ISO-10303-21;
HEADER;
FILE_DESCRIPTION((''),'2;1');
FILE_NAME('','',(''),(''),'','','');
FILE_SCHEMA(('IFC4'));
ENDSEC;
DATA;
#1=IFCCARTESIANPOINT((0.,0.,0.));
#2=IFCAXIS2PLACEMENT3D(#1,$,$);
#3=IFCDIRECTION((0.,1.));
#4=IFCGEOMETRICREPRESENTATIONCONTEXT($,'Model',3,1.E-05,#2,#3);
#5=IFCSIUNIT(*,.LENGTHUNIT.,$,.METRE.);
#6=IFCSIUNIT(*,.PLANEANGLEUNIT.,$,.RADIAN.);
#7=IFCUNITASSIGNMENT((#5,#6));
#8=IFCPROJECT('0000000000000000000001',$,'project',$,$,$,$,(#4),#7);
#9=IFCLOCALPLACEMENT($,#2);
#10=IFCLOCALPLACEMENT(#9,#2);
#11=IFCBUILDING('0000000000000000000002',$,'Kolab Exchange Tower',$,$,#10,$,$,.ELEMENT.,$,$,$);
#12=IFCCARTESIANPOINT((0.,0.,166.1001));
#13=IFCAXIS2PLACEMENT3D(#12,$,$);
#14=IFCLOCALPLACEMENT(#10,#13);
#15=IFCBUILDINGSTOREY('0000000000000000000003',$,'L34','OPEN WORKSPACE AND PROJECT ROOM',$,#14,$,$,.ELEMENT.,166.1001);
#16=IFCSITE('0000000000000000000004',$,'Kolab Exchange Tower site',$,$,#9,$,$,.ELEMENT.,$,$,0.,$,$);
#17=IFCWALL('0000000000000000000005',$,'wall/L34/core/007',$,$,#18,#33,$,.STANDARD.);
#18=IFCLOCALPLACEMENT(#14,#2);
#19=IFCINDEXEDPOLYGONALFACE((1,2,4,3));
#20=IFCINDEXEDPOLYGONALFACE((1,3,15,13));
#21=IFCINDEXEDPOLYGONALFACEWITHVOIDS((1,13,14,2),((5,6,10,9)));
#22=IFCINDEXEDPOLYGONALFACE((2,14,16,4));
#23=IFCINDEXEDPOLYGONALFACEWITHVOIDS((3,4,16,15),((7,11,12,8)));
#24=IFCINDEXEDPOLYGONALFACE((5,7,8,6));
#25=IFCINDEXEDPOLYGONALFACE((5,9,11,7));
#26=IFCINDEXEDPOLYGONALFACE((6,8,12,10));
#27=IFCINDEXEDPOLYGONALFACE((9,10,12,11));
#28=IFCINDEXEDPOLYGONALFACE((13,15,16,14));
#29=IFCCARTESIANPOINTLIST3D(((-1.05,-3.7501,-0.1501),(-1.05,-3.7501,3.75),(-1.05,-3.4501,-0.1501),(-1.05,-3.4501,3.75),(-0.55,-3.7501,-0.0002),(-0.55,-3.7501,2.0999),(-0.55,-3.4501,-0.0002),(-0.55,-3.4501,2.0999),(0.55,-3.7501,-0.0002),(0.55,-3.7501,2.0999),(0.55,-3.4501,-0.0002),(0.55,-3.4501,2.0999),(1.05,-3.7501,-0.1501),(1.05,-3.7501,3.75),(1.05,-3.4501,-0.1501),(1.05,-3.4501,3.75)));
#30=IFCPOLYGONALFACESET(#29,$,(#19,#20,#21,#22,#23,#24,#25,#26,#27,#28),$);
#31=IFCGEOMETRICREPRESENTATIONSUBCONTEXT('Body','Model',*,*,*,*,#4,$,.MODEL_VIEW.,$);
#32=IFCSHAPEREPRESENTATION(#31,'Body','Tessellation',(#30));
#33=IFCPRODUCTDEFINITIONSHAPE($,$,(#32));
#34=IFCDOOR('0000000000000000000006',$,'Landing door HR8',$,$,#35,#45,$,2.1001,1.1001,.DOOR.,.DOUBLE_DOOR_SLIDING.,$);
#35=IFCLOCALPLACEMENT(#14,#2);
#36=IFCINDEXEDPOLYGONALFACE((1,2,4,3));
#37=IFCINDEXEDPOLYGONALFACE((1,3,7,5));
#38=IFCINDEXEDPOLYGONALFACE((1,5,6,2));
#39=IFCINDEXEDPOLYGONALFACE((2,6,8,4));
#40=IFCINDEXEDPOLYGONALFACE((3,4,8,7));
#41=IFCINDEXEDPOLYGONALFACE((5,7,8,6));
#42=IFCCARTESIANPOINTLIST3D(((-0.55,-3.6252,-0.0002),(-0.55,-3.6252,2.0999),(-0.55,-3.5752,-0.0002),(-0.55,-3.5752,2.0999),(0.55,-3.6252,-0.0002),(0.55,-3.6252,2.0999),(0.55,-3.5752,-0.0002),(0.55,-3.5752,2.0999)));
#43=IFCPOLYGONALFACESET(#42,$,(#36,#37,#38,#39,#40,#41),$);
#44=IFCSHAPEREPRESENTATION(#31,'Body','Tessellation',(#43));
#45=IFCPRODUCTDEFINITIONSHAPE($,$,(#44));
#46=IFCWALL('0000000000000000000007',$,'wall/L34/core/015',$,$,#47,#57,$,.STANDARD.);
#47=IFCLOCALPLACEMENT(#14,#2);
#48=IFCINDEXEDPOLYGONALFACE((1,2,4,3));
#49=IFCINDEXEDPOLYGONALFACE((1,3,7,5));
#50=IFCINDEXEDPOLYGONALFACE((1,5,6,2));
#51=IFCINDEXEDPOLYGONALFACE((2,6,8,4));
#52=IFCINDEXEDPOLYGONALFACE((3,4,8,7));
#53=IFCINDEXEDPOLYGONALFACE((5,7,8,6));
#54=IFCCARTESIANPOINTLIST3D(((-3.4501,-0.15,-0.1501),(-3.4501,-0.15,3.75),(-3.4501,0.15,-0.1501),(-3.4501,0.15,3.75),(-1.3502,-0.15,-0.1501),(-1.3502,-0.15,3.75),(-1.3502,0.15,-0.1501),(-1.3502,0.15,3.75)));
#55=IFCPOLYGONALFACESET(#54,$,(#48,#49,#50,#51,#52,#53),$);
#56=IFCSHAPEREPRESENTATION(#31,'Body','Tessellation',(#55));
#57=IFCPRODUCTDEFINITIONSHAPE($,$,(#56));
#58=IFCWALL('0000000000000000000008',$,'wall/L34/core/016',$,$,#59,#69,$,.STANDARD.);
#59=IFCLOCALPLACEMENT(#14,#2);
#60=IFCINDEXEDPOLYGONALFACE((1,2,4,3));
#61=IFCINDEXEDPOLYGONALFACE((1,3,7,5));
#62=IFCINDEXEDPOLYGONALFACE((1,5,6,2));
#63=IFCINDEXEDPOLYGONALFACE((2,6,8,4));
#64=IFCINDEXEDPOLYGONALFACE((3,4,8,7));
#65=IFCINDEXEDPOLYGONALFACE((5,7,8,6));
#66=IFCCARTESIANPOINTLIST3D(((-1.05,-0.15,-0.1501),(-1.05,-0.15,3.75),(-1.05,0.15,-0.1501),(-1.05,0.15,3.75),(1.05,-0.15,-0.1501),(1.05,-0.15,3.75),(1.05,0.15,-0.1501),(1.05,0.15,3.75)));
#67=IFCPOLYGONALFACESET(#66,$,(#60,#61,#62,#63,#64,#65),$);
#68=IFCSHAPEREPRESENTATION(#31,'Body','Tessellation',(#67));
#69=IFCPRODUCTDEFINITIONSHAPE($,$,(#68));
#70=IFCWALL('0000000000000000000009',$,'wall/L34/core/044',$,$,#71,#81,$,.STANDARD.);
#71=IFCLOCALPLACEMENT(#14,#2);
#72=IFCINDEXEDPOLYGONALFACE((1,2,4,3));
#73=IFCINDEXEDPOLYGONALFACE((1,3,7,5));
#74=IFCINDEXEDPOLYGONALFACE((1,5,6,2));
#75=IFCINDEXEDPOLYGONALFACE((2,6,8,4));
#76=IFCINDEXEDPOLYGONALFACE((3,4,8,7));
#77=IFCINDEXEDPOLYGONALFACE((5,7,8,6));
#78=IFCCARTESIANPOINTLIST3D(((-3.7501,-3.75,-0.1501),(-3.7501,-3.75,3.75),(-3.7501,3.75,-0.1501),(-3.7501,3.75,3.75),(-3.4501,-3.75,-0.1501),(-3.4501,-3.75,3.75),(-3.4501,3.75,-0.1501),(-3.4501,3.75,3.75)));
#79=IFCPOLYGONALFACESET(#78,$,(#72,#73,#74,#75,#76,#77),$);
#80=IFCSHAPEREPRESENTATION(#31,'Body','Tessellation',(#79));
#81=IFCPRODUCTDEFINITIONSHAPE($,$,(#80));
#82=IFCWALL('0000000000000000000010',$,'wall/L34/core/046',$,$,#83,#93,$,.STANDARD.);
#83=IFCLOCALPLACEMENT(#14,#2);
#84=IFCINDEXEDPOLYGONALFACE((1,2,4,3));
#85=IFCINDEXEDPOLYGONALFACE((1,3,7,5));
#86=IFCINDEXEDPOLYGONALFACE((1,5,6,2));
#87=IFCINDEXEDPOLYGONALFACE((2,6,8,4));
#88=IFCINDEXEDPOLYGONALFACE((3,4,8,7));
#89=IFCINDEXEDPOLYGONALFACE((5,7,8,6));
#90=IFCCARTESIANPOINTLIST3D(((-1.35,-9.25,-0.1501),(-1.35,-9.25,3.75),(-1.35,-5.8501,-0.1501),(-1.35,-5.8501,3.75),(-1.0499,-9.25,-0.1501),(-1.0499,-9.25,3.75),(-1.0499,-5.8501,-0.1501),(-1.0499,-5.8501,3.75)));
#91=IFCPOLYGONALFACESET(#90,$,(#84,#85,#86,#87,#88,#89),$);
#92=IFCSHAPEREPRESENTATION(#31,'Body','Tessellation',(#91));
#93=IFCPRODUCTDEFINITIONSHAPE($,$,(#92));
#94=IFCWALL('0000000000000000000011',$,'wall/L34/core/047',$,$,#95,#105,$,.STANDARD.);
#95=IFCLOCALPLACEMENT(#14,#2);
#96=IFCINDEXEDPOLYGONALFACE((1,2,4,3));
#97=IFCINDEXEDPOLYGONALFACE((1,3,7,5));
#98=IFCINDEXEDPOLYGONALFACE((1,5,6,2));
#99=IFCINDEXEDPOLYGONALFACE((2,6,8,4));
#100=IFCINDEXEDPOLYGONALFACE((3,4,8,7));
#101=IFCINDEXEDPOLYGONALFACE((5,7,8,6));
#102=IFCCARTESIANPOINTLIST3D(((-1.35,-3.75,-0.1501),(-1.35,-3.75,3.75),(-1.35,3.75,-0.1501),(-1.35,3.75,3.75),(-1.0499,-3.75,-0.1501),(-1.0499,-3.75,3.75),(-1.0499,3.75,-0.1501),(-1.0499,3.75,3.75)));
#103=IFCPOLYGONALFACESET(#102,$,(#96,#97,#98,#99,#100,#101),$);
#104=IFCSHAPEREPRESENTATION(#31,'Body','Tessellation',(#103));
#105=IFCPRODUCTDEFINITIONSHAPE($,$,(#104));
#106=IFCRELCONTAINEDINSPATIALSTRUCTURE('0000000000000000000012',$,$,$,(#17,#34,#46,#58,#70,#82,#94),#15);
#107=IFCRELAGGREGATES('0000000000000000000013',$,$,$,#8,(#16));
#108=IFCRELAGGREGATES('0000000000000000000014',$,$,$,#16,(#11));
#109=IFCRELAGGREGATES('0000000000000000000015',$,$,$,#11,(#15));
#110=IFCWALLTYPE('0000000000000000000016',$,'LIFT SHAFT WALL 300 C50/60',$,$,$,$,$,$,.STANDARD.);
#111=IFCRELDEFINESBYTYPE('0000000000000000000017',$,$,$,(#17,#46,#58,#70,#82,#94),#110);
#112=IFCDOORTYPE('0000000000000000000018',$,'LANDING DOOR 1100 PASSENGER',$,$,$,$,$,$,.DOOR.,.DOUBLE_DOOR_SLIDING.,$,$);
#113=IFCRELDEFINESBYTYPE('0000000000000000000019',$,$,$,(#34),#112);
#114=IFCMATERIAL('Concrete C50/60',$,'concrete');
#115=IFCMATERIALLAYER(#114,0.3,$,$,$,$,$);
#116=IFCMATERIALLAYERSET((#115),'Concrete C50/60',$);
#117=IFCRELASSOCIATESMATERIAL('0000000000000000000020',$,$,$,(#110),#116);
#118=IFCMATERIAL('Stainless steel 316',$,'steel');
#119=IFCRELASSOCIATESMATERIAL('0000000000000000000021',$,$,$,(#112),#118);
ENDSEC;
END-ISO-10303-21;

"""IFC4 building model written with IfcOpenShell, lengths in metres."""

from ifc_helpers import new_model, si_unit, direction, frame, frame_2d, origin, place, context, subcontext, project, spatial, rectangle, extrude, material, layer, layer_set, type_object, element, fill, save


model = new_model("IFC4")

# Units and contexts
model_context = context("Model", 3, precision=1e-05, world=origin(), true_north=direction((0.0, 1.0)))
body_context = subcontext(model_context, "Body", "Model", "MODEL_VIEW")
ifc_project = project(units=[si_unit("LENGTHUNIT", "METRE"), si_unit("PLANEANGLEUNIT", "RADIAN")], contexts=[model_context])

# Site, building, storey
site_placement = place(None, origin())
site = spatial("IfcSite", under=ifc_project, at=site_placement, Name="Kolab Exchange Tower site", CompositionType="ELEMENT", RefElevation=0.0)
building_placement = place(site_placement, origin())
building = spatial("IfcBuilding", under=site, at=building_placement, Name="Kolab Exchange Tower", CompositionType="ELEMENT")
storey_placement = place(building_placement, frame((0.0, 0.0, 166.1001)))
storey = spatial("IfcBuildingStorey", under=building, at=storey_placement, Name="L34", Description="OPEN WORKSPACE AND PROJECT ROOM", CompositionType="ELEMENT", Elevation=166.1001)

# Wall, opening, door
ifc_material_1 = material(Name="Concrete C50/60", Category="concrete")
ifc_layer_1 = layer(ifc_material_1, 0.3)
ifc_layer_set_1 = layer_set([ifc_layer_1], Name="Concrete C50/60")
wall_type = type_object("IfcWallType", Name="LIFT SHAFT WALL 300 C50/60", PredefinedType="STANDARD", material=ifc_layer_set_1)
ifc_material_2 = material(Name="Stainless steel 316", Category="steel")
door_type = type_object("IfcDoorType", Name="LANDING DOOR 1100 PASSENGER", OperationType="DOUBLE_DOOR_SLIDING", PredefinedType="DOOR", material=ifc_material_2)
wall_1_placement = place(storey_placement, frame((-1.05, -3.6001, -0.1501), z_axis=(0.0, 0.0, 1.0), x_axis=(1.0, 0.0, 0.0)))
wall_1 = element("IfcWall", 1, at=wall_1_placement, inside=storey, type_object=wall_type, Name="wall/L34/core/007", PredefinedType="STANDARD", context=body_context, shape_type="SweptSolid", body=[
    extrude(rectangle(XDim=2.1001, YDim=0.3, at=frame_2d((1.05, 0.0))), origin(), (0.0, 0.0, 1.0), 3.9001),
])
opening_1_placement = place(wall_1_placement, frame((0.5, 0.0, 0.1499)))
opening_1 = element("IfcOpeningElement", 2, at=opening_1_placement, cuts=wall_1, PredefinedType="OPENING", context=body_context, shape_type="SweptSolid", body=[
    extrude(rectangle(XDim=1.1001, YDim=2.1001, at=frame_2d((0.55, 1.05))), frame((0.0, 0.1602, 0.0), z_axis=(0.0, -1.0, 0.0), x_axis=(1.0, 0.0, 0.0)), (0.0, 0.0, 1.0), 0.3201),
])
door_1_placement = place(opening_1_placement, origin())
door_1 = element("IfcDoor", 3, at=door_1_placement, inside=storey, type_object=door_type, Name="Landing door HR8", OperationType="DOUBLE_DOOR_SLIDING", OverallHeight=2.1001, OverallWidth=1.1001, PredefinedType="DOOR", context=body_context, shape_type="SweptSolid", body=[
    extrude(rectangle(XDim=1.1001, YDim=2.1001, at=frame_2d((0.55, 1.05))), frame((0.0, 0.0249, 0.0), z_axis=(0.0, -1.0, 0.0), x_axis=(1.0, 0.0, 0.0)), (0.0, 0.0, 1.0), 0.05),
])
fill(opening_1, door_1)

# Walls
wall_2_placement = place(storey_placement, frame((-3.45, 0.0, -0.1501), z_axis=(0.0, 0.0, 1.0), x_axis=(1.0, 0.0, 0.0)))
element("IfcWall", 4, at=wall_2_placement, inside=storey, type_object=wall_type, Name="wall/L34/core/015", PredefinedType="STANDARD", context=body_context, shape_type="SweptSolid", body=[
    extrude(rectangle(XDim=2.0999, YDim=0.3, at=frame_2d((1.0498, 0.0))), origin(), (0.0, 0.0, 1.0), 3.9001),
])
wall_3_placement = place(storey_placement, frame((-1.05, 0.0, -0.1501), z_axis=(0.0, 0.0, 1.0), x_axis=(1.0, 0.0, 0.0)))
element("IfcWall", 5, at=wall_3_placement, inside=storey, type_object=wall_type, Name="wall/L34/core/016", PredefinedType="STANDARD", context=body_context, shape_type="SweptSolid", body=[
    extrude(rectangle(XDim=2.1001, YDim=0.3, at=frame_2d((1.05, 0.0))), origin(), (0.0, 0.0, 1.0), 3.9001),
])
wall_4_placement = place(storey_placement, frame((-3.6001, -3.75, -0.1501), z_axis=(0.0, 0.0, 1.0), x_axis=(0.0, 1.0, 0.0)))
element("IfcWall", 6, at=wall_4_placement, inside=storey, type_object=wall_type, Name="wall/L34/core/044", PredefinedType="STANDARD", context=body_context, shape_type="SweptSolid", body=[
    extrude(rectangle(XDim=7.5, YDim=0.3, at=frame_2d((3.75, 0.0))), origin(), (0.0, 0.0, 1.0), 3.9001),
])
wall_5_placement = place(storey_placement, frame((-1.2, -9.25, -0.1501), z_axis=(0.0, 0.0, 1.0), x_axis=(0.0, 1.0, 0.0)))
element("IfcWall", 7, at=wall_5_placement, inside=storey, type_object=wall_type, Name="wall/L34/core/046", PredefinedType="STANDARD", context=body_context, shape_type="SweptSolid", body=[
    extrude(rectangle(XDim=3.3999, YDim=0.3, at=frame_2d((1.7, 0.0))), origin(), (0.0, 0.0, 1.0), 3.9001),
])
wall_6_placement = place(storey_placement, frame((-1.2, -3.75, -0.1501), z_axis=(0.0, 0.0, 1.0), x_axis=(0.0, 1.0, 0.0)))
element("IfcWall", 8, at=wall_6_placement, inside=storey, type_object=wall_type, Name="wall/L34/core/047", PredefinedType="STANDARD", context=body_context, shape_type="SweptSolid", body=[
    extrude(rectangle(XDim=7.5, YDim=0.3, at=frame_2d((3.75, 0.0))), origin(), (0.0, 0.0, 1.0), 3.9001),
])

save(model, "model.ifc")
